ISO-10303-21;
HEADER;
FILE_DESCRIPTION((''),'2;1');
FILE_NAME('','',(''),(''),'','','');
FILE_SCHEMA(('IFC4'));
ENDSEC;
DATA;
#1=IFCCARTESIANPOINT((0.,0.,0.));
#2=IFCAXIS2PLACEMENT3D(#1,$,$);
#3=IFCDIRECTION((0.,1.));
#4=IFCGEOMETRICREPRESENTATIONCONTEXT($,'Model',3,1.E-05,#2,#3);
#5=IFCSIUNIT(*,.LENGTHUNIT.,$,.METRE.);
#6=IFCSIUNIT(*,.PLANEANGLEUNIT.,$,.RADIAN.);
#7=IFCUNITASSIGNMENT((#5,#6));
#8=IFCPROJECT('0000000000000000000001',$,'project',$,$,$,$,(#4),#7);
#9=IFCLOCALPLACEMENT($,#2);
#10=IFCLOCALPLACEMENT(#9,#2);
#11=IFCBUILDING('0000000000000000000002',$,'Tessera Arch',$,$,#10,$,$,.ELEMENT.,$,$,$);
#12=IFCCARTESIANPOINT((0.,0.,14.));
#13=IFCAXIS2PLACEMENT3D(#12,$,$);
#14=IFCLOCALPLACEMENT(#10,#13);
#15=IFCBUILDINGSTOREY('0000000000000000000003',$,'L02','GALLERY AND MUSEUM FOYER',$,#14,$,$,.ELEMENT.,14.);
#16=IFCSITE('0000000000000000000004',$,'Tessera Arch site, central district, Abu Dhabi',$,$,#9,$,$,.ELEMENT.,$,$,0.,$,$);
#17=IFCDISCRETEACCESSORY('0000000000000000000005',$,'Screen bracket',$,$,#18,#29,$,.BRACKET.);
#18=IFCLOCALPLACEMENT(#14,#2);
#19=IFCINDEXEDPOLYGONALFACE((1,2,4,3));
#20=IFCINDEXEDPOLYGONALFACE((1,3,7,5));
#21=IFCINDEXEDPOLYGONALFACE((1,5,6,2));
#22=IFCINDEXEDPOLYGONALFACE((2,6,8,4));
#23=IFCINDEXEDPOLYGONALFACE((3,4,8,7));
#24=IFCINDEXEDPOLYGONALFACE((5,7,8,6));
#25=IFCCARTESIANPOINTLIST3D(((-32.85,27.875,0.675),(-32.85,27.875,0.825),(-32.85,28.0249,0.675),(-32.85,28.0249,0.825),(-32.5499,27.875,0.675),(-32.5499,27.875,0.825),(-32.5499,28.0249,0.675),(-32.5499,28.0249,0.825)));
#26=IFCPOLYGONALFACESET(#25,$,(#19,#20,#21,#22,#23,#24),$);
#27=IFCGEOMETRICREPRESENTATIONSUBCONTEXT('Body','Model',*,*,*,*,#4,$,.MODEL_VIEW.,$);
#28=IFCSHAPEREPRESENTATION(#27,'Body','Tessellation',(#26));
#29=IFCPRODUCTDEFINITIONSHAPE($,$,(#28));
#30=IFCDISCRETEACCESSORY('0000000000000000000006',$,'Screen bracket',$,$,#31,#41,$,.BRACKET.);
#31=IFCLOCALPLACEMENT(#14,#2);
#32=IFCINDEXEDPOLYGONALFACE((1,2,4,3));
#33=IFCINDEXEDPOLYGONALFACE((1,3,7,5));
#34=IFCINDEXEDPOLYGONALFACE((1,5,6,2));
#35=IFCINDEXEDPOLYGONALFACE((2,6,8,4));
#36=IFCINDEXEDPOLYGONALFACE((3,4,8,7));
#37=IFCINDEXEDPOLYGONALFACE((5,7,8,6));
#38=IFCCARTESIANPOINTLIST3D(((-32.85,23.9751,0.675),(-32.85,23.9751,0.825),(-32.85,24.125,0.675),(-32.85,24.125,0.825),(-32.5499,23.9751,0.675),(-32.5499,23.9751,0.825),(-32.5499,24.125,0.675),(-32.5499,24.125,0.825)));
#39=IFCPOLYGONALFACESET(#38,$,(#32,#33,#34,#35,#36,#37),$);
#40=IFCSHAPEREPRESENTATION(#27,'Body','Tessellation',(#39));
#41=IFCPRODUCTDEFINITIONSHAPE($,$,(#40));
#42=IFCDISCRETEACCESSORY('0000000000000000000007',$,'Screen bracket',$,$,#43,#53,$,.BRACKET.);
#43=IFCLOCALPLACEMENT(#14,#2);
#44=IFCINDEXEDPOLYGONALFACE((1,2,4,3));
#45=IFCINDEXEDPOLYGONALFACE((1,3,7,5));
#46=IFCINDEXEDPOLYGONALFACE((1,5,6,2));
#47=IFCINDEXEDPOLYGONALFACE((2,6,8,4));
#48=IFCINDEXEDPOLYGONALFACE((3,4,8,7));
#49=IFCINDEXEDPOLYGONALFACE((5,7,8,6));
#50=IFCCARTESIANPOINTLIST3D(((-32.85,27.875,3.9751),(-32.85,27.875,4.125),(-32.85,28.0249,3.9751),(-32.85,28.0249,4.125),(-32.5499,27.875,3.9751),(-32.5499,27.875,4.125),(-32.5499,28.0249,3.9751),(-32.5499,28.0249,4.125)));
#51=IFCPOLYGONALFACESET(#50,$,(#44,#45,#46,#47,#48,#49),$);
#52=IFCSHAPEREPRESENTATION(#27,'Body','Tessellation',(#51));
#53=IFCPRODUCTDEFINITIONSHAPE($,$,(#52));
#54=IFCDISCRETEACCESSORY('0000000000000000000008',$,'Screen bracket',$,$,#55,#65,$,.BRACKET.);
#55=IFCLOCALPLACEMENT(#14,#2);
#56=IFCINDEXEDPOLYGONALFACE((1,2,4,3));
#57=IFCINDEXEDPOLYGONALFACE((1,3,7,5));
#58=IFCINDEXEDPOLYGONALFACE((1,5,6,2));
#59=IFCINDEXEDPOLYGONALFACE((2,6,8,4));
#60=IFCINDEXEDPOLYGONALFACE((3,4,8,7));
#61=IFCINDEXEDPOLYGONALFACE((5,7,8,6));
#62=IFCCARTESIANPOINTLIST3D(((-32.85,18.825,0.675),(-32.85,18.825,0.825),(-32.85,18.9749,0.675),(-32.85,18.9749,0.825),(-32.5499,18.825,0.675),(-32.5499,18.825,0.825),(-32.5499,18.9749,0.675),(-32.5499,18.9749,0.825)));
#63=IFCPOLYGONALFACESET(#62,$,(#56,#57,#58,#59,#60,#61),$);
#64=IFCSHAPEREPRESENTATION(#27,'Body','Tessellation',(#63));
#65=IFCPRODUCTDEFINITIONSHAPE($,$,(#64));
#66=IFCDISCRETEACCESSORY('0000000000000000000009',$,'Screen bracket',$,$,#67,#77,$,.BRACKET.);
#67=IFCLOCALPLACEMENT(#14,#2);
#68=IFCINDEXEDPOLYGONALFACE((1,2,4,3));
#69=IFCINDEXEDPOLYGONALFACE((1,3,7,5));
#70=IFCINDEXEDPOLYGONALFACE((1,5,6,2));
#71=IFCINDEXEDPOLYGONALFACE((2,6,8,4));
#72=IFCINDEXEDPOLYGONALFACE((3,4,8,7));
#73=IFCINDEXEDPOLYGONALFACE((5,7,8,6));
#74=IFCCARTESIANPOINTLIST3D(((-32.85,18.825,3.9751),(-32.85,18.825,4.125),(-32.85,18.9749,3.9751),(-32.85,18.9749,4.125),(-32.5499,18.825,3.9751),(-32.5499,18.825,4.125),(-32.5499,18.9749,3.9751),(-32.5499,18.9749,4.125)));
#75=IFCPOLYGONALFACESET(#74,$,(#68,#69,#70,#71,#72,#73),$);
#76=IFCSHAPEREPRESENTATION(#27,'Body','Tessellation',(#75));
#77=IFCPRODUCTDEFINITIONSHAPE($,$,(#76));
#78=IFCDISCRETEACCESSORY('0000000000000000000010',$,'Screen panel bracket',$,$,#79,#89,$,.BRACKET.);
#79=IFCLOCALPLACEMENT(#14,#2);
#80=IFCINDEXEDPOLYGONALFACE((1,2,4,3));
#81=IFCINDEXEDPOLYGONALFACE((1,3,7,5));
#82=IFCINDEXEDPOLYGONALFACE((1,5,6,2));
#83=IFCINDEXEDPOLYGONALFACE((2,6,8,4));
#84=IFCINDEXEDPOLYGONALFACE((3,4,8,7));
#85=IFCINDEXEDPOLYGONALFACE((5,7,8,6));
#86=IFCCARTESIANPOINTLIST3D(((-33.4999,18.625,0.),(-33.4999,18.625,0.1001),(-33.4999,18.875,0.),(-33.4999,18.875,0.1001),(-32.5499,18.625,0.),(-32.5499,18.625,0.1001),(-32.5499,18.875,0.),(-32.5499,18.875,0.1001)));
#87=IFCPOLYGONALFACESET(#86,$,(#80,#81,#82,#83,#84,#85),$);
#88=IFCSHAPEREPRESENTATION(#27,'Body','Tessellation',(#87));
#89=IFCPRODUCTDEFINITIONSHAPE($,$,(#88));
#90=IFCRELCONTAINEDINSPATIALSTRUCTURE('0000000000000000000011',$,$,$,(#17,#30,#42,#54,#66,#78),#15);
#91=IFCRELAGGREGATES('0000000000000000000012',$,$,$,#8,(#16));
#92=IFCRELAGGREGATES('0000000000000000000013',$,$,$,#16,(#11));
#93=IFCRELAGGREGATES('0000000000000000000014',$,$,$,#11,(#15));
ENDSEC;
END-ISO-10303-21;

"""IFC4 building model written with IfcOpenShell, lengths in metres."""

from ifc_helpers import new_model, si_unit, direction, frame, origin, origin_2d, place, context, subcontext, project, spatial, rectangle, extrude, element, save


model = new_model("IFC4")

# Units and contexts
model_context = context("Model", 3, precision=1e-05, world=origin(), true_north=direction((0.0, 1.0)))
body_context = subcontext(model_context, "Body", "Model", "MODEL_VIEW")
ifc_project = project(units=[si_unit("LENGTHUNIT", "METRE"), si_unit("PLANEANGLEUNIT", "RADIAN")], contexts=[model_context])

# Site, building, storey
site_placement = place(None, origin())
site = spatial("IfcSite", under=ifc_project, at=site_placement, Name="Tessera Arch site, central district, Abu Dhabi", CompositionType="ELEMENT", RefElevation=0.0)
building_placement = place(site_placement, origin())
building = spatial("IfcBuilding", under=site, at=building_placement, Name="Tessera Arch", CompositionType="ELEMENT")
storey_placement = place(building_placement, frame((0.0, 0.0, 14.0)))
storey = spatial("IfcBuildingStorey", under=building, at=storey_placement, Name="L02", Description="GALLERY AND MUSEUM FOYER", CompositionType="ELEMENT", Elevation=14.0)

# Discrete accessories
for number, where, z_axis, x_axis, name in (
    (1, (-32.7, 27.95, 0.675), (0.0, 0.0, 1.0), (-1.0, 0.0, 0.0), "Screen bracket"),
    (2, (-32.7, 24.05, 0.675), (0.0, 0.0, 1.0), (-1.0, 0.0, 0.0), "Screen bracket"),
    (3, (-32.7, 27.95, 3.9751), (0.0, 0.0, 1.0), (-1.0, 0.0, 0.0), "Screen bracket"),
    (4, (-32.7, 18.8999, 0.675), (0.0, 0.0, 1.0), (-1.0, 0.0, 0.0), "Screen bracket"),
    (5, (-32.7, 18.8999, 3.9751), (0.0, 0.0, 1.0), (-1.0, 0.0, 0.0), "Screen bracket"),
):
    element("IfcDiscreteAccessory", number, at=place(storey_placement, frame(where, z_axis=z_axis, x_axis=x_axis)), inside=storey, Name=name, PredefinedType="BRACKET", context=body_context, shape_type="SweptSolid", body=[
        extrude(rectangle(XDim=0.3, YDim=0.1499, at=origin_2d()), origin(), (0.0, 0.0, 1.0), 0.1499),
    ])
discrete_accessory_placement = place(storey_placement, frame((-33.0249, 18.75, 0.0), z_axis=(0.0, 0.0, 1.0), x_axis=(-1.0, 0.0, 0.0)))
element("IfcDiscreteAccessory", 6, at=discrete_accessory_placement, inside=storey, Name="Screen panel bracket", PredefinedType="BRACKET", context=body_context, shape_type="SweptSolid", body=[
    extrude(rectangle(XDim=0.95, YDim=0.25, at=origin_2d()), origin(), (0.0, 0.0, 1.0), 0.1001),
])

save(model, "model.ifc")
